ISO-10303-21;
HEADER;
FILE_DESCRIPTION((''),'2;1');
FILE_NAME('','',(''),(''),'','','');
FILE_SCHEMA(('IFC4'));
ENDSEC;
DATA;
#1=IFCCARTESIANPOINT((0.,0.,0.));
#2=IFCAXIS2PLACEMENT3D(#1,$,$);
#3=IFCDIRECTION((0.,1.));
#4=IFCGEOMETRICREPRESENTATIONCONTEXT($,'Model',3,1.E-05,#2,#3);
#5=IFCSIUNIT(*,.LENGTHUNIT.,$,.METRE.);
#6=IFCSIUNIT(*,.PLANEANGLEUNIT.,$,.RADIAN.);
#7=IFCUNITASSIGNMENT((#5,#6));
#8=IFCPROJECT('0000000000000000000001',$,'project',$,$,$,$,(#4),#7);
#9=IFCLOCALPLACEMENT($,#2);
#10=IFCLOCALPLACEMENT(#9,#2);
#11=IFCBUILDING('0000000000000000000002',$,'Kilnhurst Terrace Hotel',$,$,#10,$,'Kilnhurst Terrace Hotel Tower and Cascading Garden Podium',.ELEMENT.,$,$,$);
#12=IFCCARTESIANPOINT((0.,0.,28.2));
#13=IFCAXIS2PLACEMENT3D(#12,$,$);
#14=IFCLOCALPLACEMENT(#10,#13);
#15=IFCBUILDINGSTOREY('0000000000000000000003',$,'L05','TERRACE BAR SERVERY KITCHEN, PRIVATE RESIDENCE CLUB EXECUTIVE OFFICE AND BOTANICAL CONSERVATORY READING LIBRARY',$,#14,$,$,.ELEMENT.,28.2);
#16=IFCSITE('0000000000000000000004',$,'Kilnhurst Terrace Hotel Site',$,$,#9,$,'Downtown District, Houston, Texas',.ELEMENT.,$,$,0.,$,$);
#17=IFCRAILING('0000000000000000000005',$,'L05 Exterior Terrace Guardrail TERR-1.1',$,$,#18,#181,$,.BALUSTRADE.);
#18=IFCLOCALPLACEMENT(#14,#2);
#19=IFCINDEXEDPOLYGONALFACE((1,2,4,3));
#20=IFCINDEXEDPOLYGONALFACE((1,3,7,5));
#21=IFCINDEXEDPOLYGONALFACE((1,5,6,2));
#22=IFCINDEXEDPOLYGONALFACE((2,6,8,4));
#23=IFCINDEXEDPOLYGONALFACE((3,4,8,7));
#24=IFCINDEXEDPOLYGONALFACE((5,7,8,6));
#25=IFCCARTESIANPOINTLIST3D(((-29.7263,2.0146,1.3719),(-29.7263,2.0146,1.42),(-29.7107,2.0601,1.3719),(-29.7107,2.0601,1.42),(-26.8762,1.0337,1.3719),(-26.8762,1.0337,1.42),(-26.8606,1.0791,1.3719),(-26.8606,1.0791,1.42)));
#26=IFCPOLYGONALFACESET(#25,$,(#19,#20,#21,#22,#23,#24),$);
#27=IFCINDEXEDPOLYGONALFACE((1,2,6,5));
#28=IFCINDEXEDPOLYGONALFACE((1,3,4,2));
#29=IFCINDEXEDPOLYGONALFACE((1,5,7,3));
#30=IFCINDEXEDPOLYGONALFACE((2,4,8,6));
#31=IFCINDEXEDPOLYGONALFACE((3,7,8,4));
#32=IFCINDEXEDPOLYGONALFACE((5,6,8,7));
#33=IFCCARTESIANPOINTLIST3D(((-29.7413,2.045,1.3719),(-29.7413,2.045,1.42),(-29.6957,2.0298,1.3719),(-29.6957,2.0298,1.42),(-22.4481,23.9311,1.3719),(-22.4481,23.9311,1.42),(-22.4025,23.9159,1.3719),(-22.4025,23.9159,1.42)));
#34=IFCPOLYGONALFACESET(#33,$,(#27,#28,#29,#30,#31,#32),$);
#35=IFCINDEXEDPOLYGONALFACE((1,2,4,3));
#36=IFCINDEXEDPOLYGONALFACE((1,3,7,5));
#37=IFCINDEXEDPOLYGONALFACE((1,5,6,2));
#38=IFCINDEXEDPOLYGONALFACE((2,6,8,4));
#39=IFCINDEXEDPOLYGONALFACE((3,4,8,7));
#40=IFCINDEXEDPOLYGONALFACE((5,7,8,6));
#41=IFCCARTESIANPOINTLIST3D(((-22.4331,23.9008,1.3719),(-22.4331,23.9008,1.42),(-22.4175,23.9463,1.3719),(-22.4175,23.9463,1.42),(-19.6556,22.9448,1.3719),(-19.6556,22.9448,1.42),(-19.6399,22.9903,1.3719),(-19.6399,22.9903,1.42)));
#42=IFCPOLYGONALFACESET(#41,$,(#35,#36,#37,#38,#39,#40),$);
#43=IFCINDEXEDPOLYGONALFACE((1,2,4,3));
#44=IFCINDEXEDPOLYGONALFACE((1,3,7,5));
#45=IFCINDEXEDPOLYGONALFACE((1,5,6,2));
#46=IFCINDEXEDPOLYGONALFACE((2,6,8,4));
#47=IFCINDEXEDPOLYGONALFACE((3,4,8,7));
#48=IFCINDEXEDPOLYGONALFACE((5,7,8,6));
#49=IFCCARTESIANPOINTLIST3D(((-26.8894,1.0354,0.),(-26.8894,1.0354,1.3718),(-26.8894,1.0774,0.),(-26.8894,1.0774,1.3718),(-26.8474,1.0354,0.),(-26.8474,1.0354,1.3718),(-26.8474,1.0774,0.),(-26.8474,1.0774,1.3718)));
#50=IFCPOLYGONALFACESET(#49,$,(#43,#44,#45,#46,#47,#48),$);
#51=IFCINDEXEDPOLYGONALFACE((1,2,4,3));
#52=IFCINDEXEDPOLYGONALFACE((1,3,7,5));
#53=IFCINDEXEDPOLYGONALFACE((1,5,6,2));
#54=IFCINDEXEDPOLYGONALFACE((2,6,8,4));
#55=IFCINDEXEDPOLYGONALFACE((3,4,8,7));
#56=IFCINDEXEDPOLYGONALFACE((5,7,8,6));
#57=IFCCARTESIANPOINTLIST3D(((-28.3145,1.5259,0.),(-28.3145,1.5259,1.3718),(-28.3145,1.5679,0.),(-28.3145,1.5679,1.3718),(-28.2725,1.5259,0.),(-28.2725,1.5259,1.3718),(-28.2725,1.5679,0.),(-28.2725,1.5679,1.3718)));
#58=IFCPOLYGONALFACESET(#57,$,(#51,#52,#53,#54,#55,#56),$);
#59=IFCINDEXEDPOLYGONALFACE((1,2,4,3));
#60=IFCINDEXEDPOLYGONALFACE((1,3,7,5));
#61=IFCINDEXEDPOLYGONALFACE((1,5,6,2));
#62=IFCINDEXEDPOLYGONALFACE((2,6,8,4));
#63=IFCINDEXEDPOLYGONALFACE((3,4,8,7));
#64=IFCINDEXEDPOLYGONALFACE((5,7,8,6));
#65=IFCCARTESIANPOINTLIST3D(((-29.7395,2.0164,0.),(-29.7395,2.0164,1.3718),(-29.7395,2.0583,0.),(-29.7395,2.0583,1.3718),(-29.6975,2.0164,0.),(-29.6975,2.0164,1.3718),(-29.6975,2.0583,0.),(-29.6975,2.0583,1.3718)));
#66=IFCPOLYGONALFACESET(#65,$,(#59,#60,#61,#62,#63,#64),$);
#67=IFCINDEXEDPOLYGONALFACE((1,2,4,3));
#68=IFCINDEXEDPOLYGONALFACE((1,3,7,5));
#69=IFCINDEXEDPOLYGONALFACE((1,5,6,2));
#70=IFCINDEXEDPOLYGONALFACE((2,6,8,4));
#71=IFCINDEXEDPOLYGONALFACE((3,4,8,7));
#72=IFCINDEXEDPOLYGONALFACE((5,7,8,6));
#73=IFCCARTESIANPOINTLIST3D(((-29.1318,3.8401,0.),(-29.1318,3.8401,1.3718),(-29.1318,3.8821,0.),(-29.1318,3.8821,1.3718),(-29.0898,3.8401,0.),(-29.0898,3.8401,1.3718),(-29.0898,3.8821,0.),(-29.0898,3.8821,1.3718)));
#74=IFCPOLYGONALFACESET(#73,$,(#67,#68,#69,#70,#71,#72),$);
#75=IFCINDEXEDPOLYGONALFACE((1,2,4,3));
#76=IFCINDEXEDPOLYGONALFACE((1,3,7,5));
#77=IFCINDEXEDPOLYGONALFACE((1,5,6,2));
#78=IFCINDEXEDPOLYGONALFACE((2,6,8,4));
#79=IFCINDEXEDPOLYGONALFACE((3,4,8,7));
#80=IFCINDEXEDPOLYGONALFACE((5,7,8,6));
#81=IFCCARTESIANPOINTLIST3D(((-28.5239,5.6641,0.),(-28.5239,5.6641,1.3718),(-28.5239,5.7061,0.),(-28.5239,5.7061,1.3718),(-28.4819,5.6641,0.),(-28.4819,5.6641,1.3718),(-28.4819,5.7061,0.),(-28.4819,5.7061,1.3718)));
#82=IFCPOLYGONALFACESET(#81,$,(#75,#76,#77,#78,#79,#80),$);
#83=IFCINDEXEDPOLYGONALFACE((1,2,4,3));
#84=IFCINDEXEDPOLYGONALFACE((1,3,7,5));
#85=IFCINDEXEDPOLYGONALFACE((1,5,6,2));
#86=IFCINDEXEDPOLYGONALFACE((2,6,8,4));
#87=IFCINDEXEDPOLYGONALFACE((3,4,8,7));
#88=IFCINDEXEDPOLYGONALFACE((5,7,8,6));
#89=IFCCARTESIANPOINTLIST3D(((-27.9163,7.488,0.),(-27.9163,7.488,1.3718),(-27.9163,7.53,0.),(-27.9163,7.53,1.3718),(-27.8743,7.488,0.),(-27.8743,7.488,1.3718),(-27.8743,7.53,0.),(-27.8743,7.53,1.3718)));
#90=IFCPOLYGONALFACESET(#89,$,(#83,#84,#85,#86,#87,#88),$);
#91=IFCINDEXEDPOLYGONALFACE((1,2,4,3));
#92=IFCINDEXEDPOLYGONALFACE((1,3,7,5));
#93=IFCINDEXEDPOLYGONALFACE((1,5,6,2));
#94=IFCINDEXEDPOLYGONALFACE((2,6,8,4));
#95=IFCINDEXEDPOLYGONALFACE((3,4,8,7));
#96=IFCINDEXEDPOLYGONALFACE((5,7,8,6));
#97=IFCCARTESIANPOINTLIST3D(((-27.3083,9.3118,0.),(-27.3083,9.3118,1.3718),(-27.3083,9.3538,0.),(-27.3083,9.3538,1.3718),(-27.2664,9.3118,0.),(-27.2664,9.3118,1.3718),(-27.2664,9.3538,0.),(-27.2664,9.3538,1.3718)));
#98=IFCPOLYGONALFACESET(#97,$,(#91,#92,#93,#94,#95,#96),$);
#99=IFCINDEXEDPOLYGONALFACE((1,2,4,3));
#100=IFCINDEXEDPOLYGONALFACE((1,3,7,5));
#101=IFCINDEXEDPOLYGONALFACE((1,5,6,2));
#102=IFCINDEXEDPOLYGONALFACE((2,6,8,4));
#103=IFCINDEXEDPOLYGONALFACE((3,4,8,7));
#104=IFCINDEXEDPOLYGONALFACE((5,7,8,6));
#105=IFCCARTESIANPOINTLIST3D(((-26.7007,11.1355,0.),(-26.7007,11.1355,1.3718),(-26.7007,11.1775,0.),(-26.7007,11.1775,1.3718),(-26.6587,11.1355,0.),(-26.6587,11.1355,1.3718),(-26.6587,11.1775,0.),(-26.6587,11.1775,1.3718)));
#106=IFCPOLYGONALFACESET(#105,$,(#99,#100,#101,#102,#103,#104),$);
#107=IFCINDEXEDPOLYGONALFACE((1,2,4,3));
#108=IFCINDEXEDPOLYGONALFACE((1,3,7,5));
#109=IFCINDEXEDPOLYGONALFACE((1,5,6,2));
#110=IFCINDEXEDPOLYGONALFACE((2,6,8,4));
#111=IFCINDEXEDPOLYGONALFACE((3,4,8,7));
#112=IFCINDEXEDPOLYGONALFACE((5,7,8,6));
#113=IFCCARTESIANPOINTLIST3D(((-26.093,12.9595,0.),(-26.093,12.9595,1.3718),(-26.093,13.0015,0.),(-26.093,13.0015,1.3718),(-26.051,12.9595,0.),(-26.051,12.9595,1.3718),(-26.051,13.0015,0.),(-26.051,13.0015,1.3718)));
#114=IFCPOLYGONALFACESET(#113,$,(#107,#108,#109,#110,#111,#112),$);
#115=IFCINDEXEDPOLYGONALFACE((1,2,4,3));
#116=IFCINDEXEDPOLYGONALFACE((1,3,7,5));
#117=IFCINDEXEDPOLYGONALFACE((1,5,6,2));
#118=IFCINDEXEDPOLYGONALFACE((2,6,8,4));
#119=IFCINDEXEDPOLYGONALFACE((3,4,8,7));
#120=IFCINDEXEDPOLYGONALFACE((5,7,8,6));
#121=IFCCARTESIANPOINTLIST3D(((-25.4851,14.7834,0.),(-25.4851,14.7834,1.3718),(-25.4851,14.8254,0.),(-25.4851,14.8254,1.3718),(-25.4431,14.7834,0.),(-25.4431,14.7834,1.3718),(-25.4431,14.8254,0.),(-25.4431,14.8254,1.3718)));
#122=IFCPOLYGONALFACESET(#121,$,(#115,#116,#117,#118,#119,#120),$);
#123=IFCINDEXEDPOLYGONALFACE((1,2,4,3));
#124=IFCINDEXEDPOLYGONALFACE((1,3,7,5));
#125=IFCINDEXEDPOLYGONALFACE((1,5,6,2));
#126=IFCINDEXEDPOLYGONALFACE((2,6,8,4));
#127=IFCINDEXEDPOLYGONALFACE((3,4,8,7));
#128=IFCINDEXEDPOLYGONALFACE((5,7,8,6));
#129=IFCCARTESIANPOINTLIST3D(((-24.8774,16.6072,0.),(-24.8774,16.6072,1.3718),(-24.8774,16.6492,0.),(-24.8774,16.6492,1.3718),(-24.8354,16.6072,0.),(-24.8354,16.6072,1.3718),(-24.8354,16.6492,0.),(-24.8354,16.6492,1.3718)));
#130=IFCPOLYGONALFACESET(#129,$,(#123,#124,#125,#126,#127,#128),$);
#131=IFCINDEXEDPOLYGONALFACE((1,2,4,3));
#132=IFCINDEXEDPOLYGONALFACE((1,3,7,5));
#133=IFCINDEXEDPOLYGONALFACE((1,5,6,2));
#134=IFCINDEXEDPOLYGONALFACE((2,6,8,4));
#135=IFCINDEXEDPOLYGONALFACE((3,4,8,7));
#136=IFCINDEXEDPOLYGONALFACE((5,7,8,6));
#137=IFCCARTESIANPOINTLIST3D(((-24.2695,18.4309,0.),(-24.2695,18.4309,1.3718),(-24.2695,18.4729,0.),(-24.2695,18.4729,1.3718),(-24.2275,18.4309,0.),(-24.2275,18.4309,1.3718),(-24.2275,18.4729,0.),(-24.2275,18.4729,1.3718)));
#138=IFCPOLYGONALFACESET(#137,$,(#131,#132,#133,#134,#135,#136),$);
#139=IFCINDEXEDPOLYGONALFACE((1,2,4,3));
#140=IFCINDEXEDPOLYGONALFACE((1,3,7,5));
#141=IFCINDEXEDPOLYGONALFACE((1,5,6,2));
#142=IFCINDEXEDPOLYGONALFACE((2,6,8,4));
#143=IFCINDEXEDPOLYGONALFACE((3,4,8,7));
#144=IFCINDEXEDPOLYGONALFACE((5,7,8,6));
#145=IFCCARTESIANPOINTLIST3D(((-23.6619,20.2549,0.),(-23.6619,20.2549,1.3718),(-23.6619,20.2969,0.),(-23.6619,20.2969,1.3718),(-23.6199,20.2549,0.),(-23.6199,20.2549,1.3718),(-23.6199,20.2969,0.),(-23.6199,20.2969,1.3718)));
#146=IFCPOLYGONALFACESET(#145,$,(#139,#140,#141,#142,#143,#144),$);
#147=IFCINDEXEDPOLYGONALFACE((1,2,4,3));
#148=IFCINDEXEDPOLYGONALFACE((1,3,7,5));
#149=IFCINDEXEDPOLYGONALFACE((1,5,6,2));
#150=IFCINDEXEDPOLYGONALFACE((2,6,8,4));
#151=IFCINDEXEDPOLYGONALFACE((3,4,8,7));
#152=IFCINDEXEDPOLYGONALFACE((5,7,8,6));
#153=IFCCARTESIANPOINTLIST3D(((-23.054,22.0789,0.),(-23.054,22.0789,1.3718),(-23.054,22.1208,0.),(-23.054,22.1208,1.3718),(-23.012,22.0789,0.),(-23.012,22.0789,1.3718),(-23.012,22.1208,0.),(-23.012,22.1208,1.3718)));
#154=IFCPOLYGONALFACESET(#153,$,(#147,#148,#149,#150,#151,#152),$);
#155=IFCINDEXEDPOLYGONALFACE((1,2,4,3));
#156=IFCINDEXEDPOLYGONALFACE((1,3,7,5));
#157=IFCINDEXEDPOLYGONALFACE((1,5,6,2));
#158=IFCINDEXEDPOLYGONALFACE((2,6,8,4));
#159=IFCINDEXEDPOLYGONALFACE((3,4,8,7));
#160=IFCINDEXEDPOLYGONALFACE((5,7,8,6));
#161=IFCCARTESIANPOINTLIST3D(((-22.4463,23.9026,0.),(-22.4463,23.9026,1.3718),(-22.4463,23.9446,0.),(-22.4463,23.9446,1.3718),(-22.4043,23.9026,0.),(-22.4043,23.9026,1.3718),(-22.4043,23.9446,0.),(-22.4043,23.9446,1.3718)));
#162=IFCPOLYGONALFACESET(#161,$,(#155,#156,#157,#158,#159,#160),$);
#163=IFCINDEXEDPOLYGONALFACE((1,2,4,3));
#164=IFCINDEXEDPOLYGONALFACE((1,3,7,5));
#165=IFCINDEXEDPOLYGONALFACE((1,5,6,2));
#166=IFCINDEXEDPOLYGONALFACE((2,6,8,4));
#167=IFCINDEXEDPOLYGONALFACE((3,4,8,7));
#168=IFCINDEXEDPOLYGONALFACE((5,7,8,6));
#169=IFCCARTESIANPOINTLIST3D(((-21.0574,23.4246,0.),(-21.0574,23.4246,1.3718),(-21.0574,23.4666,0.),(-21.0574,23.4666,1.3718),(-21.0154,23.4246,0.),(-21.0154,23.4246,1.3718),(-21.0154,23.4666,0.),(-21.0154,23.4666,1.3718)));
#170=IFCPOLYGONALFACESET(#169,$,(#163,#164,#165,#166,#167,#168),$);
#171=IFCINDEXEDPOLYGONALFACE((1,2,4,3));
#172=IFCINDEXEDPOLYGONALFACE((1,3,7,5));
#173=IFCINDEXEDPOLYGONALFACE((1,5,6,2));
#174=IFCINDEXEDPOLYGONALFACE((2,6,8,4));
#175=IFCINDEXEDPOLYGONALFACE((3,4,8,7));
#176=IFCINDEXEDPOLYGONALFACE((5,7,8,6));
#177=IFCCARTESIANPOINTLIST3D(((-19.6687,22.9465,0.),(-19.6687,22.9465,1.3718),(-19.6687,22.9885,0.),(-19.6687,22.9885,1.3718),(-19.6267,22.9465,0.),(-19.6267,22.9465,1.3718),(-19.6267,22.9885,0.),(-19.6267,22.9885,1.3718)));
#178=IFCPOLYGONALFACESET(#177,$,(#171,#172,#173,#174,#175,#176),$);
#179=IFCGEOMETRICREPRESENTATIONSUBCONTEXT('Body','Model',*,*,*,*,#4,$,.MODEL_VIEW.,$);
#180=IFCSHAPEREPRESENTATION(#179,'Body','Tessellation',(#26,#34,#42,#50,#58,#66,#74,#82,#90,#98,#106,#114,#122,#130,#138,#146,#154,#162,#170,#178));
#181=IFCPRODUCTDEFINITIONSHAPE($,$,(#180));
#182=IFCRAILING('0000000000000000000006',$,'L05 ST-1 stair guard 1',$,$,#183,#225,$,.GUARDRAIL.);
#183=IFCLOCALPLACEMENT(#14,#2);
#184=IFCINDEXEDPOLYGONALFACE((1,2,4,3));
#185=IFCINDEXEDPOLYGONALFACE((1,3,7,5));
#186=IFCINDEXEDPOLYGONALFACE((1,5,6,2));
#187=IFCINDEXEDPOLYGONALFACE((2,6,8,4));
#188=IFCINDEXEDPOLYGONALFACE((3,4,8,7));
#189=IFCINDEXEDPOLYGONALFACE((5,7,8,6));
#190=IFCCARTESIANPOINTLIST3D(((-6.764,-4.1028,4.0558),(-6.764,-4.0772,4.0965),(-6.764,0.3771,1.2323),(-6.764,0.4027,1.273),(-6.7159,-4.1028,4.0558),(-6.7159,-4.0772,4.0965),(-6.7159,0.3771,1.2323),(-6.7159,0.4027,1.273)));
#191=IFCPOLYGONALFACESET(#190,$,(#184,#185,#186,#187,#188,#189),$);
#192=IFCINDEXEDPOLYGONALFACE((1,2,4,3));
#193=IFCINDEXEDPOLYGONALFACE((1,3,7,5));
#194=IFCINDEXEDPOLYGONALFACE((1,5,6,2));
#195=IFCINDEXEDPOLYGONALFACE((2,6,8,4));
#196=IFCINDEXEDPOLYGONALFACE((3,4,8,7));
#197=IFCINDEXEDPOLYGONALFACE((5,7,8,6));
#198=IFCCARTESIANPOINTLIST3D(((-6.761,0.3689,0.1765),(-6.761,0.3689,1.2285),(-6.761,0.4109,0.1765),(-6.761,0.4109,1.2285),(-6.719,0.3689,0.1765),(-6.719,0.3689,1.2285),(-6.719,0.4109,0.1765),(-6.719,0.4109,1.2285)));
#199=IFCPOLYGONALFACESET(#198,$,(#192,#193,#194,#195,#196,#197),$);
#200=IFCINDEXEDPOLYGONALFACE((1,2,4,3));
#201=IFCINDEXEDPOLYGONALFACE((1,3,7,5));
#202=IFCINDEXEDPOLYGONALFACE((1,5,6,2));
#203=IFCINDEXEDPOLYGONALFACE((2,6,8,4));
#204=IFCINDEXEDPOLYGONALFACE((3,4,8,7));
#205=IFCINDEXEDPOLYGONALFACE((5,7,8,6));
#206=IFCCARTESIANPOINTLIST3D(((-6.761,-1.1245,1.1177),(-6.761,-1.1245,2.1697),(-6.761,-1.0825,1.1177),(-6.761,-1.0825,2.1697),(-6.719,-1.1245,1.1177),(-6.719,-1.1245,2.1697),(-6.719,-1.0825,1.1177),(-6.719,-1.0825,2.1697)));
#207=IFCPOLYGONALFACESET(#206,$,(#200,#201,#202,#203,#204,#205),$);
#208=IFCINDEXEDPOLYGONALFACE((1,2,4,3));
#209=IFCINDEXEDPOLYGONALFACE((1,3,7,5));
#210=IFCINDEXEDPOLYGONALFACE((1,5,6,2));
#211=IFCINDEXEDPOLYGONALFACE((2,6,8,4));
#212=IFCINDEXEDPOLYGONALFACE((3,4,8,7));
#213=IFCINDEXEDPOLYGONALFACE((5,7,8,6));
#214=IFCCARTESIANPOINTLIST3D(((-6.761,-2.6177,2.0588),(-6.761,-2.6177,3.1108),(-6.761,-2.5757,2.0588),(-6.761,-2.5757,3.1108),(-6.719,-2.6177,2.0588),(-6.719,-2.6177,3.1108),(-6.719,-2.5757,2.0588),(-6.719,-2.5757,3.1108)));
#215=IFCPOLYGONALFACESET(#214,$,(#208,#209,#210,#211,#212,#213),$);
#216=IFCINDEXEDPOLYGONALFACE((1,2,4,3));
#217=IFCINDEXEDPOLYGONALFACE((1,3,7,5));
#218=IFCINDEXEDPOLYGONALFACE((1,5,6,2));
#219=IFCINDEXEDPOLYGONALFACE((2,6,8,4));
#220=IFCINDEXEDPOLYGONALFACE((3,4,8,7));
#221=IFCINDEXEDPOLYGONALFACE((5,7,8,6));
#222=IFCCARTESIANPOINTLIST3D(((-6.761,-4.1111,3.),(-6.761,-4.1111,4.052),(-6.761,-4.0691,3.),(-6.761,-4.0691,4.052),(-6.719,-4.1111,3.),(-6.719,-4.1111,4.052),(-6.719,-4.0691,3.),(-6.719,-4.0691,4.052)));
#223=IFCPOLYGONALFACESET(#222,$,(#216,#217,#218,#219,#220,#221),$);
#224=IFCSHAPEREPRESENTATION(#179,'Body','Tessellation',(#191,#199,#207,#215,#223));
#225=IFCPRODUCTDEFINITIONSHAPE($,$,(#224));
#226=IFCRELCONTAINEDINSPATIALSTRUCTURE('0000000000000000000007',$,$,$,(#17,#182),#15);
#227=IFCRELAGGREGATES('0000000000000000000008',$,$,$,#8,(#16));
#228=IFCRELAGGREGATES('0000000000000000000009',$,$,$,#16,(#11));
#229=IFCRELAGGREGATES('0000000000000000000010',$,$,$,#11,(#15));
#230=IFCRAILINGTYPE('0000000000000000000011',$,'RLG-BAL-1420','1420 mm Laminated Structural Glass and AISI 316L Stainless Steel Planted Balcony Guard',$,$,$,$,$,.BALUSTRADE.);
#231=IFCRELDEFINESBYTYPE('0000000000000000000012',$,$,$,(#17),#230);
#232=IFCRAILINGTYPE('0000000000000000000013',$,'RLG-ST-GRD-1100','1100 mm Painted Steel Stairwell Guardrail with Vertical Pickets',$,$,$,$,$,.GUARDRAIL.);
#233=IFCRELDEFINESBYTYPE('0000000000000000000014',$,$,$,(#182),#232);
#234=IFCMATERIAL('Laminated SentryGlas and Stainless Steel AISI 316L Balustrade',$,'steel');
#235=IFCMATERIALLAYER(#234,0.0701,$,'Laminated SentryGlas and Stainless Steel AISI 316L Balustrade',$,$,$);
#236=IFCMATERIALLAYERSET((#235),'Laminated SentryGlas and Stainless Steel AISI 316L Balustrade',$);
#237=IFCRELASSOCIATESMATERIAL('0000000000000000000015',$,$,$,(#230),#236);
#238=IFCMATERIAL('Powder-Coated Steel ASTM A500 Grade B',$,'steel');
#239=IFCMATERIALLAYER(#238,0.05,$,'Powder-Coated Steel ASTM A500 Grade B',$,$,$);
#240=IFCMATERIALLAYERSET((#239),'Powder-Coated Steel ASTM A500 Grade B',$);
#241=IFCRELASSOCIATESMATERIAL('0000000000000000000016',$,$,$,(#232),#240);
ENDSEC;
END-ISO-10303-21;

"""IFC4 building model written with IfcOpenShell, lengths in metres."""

from ifc_helpers import new_model, si_unit, direction, frame, origin, origin_2d, place, context, subcontext, project, spatial, rectangle, extrude, material, layer, layer_set, type_object, element, save


model = new_model("IFC4")

# Units and contexts
model_context = context("Model", 3, precision=1e-05, world=origin(), true_north=direction((0.0, 1.0)))
body_context = subcontext(model_context, "Body", "Model", "MODEL_VIEW")
ifc_project = project(units=[si_unit("LENGTHUNIT", "METRE"), si_unit("PLANEANGLEUNIT", "RADIAN")], contexts=[model_context])

# Site, building, storey
site_placement = place(None, origin())
site = spatial("IfcSite", under=ifc_project, at=site_placement, Name="Kilnhurst Terrace Hotel Site", LongName="Downtown District, Houston, Texas", CompositionType="ELEMENT", RefElevation=0.0)
building_placement = place(site_placement, origin())
building = spatial("IfcBuilding", under=site, at=building_placement, Name="Kilnhurst Terrace Hotel", LongName="Kilnhurst Terrace Hotel Tower and Cascading Garden Podium", CompositionType="ELEMENT")
storey_placement = place(building_placement, frame((0.0, 0.0, 28.2)))
storey = spatial("IfcBuildingStorey", under=building, at=storey_placement, Name="L05", Description="TERRACE BAR SERVERY KITCHEN, PRIVATE RESIDENCE CLUB EXECUTIVE OFFICE AND BOTANICAL CONSERVATORY READING LIBRARY", CompositionType="ELEMENT", Elevation=28.2)

# Railings
ifc_material_1 = material(Name="Laminated SentryGlas and Stainless Steel AISI 316L Balustrade", Category="steel")
ifc_layer_1 = layer(ifc_material_1, 0.0701, Name="Laminated SentryGlas and Stainless Steel AISI 316L Balustrade")
ifc_layer_set_1 = layer_set([ifc_layer_1], Name="Laminated SentryGlas and Stainless Steel AISI 316L Balustrade")
railing_type_1 = type_object("IfcRailingType", Name="RLG-BAL-1420", Description="1420 mm Laminated Structural Glass and AISI 316L Stainless Steel Planted Balcony Guard", PredefinedType="BALUSTRADE", material=ifc_layer_set_1)
railing_1_placement = place(storey_placement, frame((-26.8684, 1.0564, 0.0)))
element("IfcRailing", 1, at=railing_1_placement, inside=storey, type_object=railing_type_1, Name="L05 Exterior Terrace Guardrail TERR-1.1", PredefinedType="BALUSTRADE", context=body_context, shape_type="SweptSolid", body=[
    extrude(rectangle(XDim=0.0481, YDim=0.0481, at=origin_2d()), frame((0.0, 0.0, 1.396), z_axis=(-0.94556, 0.325446, 0.0), x_axis=(-0.325446, -0.94556, 0.0)), (0.0, 0.0, 1.0), 3.0142),
    extrude(rectangle(XDim=0.0481, YDim=0.0481, at=origin_2d()), frame((-2.8501, 0.981, 1.396), z_axis=(0.316142, 0.948712, 0.0), x_axis=(-0.948712, 0.316142, 0.0)), (0.0, 0.0, 1.0), 23.0693),
    extrude(rectangle(XDim=0.0481, YDim=0.0481, at=origin_2d()), frame((4.4431, 22.8672, 1.396), z_axis=(0.945555, -0.325463, 0.0), x_axis=(0.325463, 0.945555, 0.0)), (0.0, 0.0, 1.0), 2.9375),
    extrude(rectangle(XDim=0.042, YDim=0.042, at=origin_2d()), origin(), (0.0, 0.0, 1.0), 1.3718),
    extrude(rectangle(XDim=0.042, YDim=0.042, at=origin_2d()), frame((-1.425, 0.4905, 0.0)), (0.0, 0.0, 1.0), 1.3718),
    extrude(rectangle(XDim=0.042, YDim=0.042, at=origin_2d()), frame((-2.8501, 0.981, 0.0)), (0.0, 0.0, 1.0), 1.3718),
    extrude(rectangle(XDim=0.042, YDim=0.042, at=origin_2d()), frame((-2.2424, 2.8047, 0.0)), (0.0, 0.0, 1.0), 1.3718),
    extrude(rectangle(XDim=0.042, YDim=0.042, at=origin_2d()), frame((-1.6345, 4.6287, 0.0)), (0.0, 0.0, 1.0), 1.3718),
    extrude(rectangle(XDim=0.042, YDim=0.042, at=origin_2d()), frame((-1.0269, 6.4526, 0.0)), (0.0, 0.0, 1.0), 1.3718),
    extrude(rectangle(XDim=0.042, YDim=0.042, at=origin_2d()), frame((-0.4189, 8.2764, 0.0)), (0.0, 0.0, 1.0), 1.3718),
    extrude(rectangle(XDim=0.042, YDim=0.042, at=origin_2d()), frame((0.1887, 10.1001, 0.0)), (0.0, 0.0, 1.0), 1.3718),
    extrude(rectangle(XDim=0.042, YDim=0.042, at=origin_2d()), frame((0.7964, 11.9241, 0.0)), (0.0, 0.0, 1.0), 1.3718),
    extrude(rectangle(XDim=0.042, YDim=0.042, at=origin_2d()), frame((1.4043, 13.748, 0.0)), (0.0, 0.0, 1.0), 1.3718),
    extrude(rectangle(XDim=0.042, YDim=0.042, at=origin_2d()), frame((2.012, 15.5718, 0.0)), (0.0, 0.0, 1.0), 1.3718),
    extrude(rectangle(XDim=0.042, YDim=0.042, at=origin_2d()), frame((2.6199, 17.3955, 0.0)), (0.0, 0.0, 1.0), 1.3718),
    extrude(rectangle(XDim=0.042, YDim=0.042, at=origin_2d()), frame((3.2275, 19.2195, 0.0)), (0.0, 0.0, 1.0), 1.3718),
    extrude(rectangle(XDim=0.042, YDim=0.042, at=origin_2d()), frame((3.8354, 21.0435, 0.0)), (0.0, 0.0, 1.0), 1.3718),
    extrude(rectangle(XDim=0.042, YDim=0.042, at=origin_2d()), frame((4.4431, 22.8672, 0.0)), (0.0, 0.0, 1.0), 1.3718),
    extrude(rectangle(XDim=0.042, YDim=0.042, at=origin_2d()), frame((5.832, 22.3892, 0.0)), (0.0, 0.0, 1.0), 1.3718),
    extrude(rectangle(XDim=0.042, YDim=0.042, at=origin_2d()), frame((7.2207, 21.9111, 0.0)), (0.0, 0.0, 1.0), 1.3718),
])
ifc_material_2 = material(Name="Powder-Coated Steel ASTM A500 Grade B", Category="steel")
ifc_layer_2 = layer(ifc_material_2, 0.05, Name="Powder-Coated Steel ASTM A500 Grade B")
ifc_layer_set_2 = layer_set([ifc_layer_2], Name="Powder-Coated Steel ASTM A500 Grade B")
railing_type_2 = type_object("IfcRailingType", Name="RLG-ST-GRD-1100", Description="1100 mm Painted Steel Stairwell Guardrail with Vertical Pickets", PredefinedType="GUARDRAIL", material=ifc_layer_set_2)
railing_2_placement = place(storey_placement, frame((-6.74, 0.3899, 0.1765)))
element("IfcRailing", 2, at=railing_2_placement, inside=storey, type_object=railing_type_2, Name="L05 ST-1 stair guard 1", PredefinedType="GUARDRAIL", context=body_context, shape_type="SweptSolid", body=[
    extrude(rectangle(XDim=0.0481, YDim=0.0481, at=origin_2d()), frame((0.0, 0.0, 1.0762), z_axis=(0.0, -0.845998, 0.533186), x_axis=(1.0, 0.0, 0.0)), (0.0, 0.0, 1.0), 5.2954),
    extrude(rectangle(XDim=0.042, YDim=0.042, at=origin_2d()), origin(), (0.0, 0.0, 1.0), 1.052),
    extrude(rectangle(XDim=0.042, YDim=0.042, at=origin_2d()), frame((0.0, -1.4934, 0.9412)), (0.0, 0.0, 1.0), 1.052),
    extrude(rectangle(XDim=0.042, YDim=0.042, at=origin_2d()), frame((0.0, -2.9866, 1.8823)), (0.0, 0.0, 1.0), 1.052),
    extrude(rectangle(XDim=0.042, YDim=0.042, at=origin_2d()), frame((0.0, -4.48, 2.8235)), (0.0, 0.0, 1.0), 1.052),
])

save(model, "model.ifc")
